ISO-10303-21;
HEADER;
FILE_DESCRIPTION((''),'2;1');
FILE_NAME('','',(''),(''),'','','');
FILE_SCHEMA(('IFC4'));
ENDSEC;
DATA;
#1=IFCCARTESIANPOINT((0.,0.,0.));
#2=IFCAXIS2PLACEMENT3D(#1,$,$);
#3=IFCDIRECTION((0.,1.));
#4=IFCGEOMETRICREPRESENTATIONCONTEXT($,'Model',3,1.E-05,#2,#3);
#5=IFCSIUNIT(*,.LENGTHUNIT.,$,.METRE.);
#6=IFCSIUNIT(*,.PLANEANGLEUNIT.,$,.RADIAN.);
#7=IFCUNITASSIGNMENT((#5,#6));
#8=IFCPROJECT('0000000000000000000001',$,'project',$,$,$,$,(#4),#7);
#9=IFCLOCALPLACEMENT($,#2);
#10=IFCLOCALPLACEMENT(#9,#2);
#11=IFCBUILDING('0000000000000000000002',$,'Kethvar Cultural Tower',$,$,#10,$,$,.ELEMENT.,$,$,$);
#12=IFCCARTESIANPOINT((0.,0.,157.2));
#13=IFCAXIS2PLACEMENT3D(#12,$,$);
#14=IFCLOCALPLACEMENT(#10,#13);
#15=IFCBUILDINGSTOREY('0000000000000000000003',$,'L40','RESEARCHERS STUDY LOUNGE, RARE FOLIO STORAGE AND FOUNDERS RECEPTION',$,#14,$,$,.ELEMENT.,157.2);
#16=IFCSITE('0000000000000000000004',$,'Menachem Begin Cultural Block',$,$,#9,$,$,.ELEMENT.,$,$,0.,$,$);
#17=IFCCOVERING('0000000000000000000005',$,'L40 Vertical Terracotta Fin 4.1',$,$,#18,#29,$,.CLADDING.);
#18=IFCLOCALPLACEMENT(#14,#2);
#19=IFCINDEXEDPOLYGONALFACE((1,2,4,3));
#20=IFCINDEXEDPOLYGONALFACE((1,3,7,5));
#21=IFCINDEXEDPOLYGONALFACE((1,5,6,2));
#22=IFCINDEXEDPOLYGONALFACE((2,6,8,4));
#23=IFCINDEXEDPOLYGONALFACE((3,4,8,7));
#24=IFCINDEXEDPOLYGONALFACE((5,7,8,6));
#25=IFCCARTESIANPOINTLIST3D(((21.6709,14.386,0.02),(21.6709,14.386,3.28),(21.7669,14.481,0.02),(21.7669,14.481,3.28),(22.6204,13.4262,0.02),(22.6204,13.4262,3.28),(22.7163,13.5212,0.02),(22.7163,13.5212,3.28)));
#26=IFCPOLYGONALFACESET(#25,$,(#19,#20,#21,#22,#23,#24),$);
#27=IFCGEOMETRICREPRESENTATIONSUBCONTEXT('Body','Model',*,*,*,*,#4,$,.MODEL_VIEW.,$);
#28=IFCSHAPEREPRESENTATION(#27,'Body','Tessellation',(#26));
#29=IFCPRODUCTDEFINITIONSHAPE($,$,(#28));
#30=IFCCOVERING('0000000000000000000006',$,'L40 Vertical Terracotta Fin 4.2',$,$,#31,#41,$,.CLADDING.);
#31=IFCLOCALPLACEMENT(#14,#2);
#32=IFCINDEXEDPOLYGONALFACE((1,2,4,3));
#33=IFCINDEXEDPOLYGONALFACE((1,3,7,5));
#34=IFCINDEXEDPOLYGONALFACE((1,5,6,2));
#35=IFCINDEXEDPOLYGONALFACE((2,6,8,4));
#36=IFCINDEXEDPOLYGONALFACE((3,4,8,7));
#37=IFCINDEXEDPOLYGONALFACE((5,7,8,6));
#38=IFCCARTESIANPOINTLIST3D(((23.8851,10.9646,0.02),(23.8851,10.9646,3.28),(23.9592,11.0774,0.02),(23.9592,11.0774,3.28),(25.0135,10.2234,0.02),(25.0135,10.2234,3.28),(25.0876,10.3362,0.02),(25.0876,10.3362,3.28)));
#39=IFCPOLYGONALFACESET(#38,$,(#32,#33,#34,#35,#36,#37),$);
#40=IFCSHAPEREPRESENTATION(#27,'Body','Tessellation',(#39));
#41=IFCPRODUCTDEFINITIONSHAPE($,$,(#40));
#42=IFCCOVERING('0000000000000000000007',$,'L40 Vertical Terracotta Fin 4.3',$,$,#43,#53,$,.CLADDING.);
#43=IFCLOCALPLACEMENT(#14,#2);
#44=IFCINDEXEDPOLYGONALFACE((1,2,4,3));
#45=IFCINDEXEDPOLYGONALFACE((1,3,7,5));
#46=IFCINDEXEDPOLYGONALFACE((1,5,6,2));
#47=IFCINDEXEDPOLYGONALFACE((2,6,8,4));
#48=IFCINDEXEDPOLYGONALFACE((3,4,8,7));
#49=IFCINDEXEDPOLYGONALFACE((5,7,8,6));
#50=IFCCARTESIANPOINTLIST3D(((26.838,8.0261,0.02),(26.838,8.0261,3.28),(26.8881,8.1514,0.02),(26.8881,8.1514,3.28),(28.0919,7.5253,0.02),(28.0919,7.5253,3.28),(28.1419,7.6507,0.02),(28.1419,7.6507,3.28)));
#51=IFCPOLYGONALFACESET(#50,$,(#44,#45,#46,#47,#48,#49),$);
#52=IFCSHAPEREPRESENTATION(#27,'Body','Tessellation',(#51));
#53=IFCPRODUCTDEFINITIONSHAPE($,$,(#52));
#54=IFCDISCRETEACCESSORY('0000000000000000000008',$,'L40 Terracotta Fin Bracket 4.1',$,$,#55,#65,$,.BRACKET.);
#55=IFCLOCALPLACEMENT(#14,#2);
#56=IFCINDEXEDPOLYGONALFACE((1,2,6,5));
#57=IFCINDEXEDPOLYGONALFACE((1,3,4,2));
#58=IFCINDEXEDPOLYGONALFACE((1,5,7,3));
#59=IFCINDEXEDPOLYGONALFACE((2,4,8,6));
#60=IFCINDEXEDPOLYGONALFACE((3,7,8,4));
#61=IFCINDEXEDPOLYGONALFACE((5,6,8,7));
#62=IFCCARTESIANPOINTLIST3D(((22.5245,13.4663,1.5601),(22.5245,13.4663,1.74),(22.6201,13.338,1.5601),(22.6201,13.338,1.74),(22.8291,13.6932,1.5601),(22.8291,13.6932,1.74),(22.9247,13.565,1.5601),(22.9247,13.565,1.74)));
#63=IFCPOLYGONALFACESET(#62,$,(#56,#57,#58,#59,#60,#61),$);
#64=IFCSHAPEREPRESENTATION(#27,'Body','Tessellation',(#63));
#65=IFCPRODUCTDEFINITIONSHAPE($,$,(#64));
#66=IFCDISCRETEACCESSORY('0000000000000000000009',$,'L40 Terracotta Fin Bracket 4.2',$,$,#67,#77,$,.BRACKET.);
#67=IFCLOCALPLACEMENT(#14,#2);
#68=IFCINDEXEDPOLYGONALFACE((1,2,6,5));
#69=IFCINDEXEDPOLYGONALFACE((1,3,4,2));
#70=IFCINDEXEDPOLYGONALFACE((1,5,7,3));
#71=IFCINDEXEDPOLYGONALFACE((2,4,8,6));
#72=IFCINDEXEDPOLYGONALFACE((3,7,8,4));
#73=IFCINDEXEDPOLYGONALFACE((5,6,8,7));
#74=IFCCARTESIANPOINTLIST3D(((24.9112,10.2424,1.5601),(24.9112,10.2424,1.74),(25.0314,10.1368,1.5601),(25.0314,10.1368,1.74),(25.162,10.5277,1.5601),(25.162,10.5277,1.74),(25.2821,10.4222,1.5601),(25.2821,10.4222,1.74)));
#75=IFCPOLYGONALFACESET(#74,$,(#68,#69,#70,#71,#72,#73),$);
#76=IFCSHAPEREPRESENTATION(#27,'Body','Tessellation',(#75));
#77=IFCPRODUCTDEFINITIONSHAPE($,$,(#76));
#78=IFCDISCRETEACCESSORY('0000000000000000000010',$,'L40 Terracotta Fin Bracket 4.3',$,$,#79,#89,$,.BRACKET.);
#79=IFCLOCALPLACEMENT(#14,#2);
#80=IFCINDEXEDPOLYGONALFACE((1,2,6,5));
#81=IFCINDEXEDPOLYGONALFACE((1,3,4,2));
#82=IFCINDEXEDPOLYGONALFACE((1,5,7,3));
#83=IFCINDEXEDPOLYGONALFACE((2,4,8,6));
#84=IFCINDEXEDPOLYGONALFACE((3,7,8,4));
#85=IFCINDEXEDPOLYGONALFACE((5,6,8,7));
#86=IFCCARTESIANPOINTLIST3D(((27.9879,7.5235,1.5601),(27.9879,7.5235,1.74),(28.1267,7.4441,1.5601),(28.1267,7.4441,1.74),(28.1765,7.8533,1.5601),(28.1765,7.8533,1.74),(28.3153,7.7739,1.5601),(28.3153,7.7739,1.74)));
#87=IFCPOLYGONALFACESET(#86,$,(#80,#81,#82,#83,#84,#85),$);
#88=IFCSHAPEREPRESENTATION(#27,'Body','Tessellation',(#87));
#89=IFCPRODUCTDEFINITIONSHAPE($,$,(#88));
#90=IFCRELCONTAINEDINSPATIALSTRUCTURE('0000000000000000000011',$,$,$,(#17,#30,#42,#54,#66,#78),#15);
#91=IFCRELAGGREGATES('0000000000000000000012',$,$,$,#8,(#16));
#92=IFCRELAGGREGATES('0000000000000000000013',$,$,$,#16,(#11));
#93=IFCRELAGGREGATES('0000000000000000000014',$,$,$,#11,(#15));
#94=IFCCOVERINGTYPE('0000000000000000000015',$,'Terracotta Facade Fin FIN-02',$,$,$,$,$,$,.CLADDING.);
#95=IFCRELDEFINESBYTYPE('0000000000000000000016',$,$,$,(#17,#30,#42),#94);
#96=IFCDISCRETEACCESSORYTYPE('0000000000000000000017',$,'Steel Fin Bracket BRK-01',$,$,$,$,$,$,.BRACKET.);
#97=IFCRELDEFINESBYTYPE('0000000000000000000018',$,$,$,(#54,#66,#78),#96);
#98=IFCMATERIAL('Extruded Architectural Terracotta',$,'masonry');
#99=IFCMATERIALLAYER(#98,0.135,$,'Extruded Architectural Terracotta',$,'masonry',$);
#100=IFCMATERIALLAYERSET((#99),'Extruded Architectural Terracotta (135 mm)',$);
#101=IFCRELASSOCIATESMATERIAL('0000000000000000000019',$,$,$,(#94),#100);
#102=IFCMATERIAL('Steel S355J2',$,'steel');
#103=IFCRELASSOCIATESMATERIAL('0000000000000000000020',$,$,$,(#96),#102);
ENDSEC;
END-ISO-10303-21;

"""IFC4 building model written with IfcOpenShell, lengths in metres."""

from ifc_helpers import new_model, si_unit, direction, frame, origin, origin_2d, place, context, subcontext, project, spatial, rectangle, extrude, source, transform, mapped, material, layer, layer_set, type_object, element, save


model = new_model("IFC4")

# Units and contexts
model_context = context("Model", 3, precision=1e-05, world=origin(), true_north=direction((0.0, 1.0)))
body_context = subcontext(model_context, "Body", "Model", "MODEL_VIEW")
ifc_project = project(units=[si_unit("LENGTHUNIT", "METRE"), si_unit("PLANEANGLEUNIT", "RADIAN")], contexts=[model_context])

# Site, building, storey
site_placement = place(None, origin())
site = spatial("IfcSite", under=ifc_project, at=site_placement, Name="Menachem Begin Cultural Block", CompositionType="ELEMENT", RefElevation=0.0)
building_placement = place(site_placement, origin())
building = spatial("IfcBuilding", under=site, at=building_placement, Name="Kethvar Cultural Tower", CompositionType="ELEMENT")
storey_placement = place(building_placement, frame((0.0, 0.0, 157.2)))
storey = spatial("IfcBuildingStorey", under=building, at=storey_placement, Name="L40", Description="RESEARCHERS STUDY LOUNGE, RARE FOLIO STORAGE AND FOUNDERS RECEPTION", CompositionType="ELEMENT", Elevation=157.2)

# Shared definitions
ifc_material_1 = material(Name="Steel S355J2", Category="steel")

# Coverings
ifc_material_2 = material(Name="Extruded Architectural Terracotta", Category="masonry")
ifc_layer_1 = layer(ifc_material_2, 0.135, Name="Extruded Architectural Terracotta", Category="masonry")
ifc_layer_set_1 = layer_set([ifc_layer_1], Name="Extruded Architectural Terracotta (135 mm)")
covering_type = type_object("IfcCoveringType", Name="Terracotta Facade Fin FIN-02", PredefinedType="CLADDING", material=ifc_layer_set_1)
shared_shape_1 = source(origin(), body_context, "Body", "SweptSolid", [
    extrude(rectangle(XDim=1.3501, YDim=0.135, at=origin_2d()), origin(), (0.0, 0.0, 1.0), 3.26),
])
for number, where, z_axis, x_axis, name in (
    (1, (22.1936, 13.9536, 0.02), (0.0, 0.0, 1.0), (-0.703271, 0.710922, 0.0), "L40 Vertical Terracotta Fin 4.1"),
    (2, (24.4863, 10.6504, 0.02), (0.0, 0.0, 1.0), (-0.835807, 0.549023, 0.0), "L40 Vertical Terracotta Fin 4.2"),
    (3, (27.49, 7.8384, 0.02), (0.0, 0.0, 1.0), (-0.92868, 0.370882, 0.0), "L40 Vertical Terracotta Fin 4.3"),
):
    element("IfcCovering", number, at=place(storey_placement, frame(where, z_axis=z_axis, x_axis=x_axis)), inside=storey, type_object=covering_type, Name=name, PredefinedType="CLADDING", context=body_context, shape_type="MappedRepresentation", body=[
        mapped(shared_shape_1, transform((0.0, 0.0, 0.0), scale=1.0)),
    ])

# Discrete accessories
discrete_accessory_type = type_object("IfcDiscreteAccessoryType", Name="Steel Fin Bracket BRK-01", PredefinedType="BRACKET", material=ifc_material_1)
shared_shape_2 = source(origin(), body_context, "Body", "SweptSolid", [
    extrude(rectangle(XDim=0.3799, YDim=0.1599, at=origin_2d()), origin(), (0.0, 0.0, 1.0), 0.1799),
])
for number, where, z_axis, x_axis, name in (
    (4, (22.7246, 13.5156, 1.5601), (0.0, 0.0, 1.0), (-0.80188, -0.597485, 0.0), "L40 Terracotta Fin Bracket 4.1"),
    (5, (25.0967, 10.3323, 1.5601), (0.0, 0.0, 1.0), (-0.660002, -0.751264, 0.0), "L40 Terracotta Fin Bracket 4.2"),
    (6, (28.1516, 7.6487, 1.5601), (0.0, 0.0, 1.0), (-0.49652, -0.868026, 0.0), "L40 Terracotta Fin Bracket 4.3"),
):
    element("IfcDiscreteAccessory", number, at=place(storey_placement, frame(where, z_axis=z_axis, x_axis=x_axis)), inside=storey, type_object=discrete_accessory_type, Name=name, PredefinedType="BRACKET", context=body_context, shape_type="MappedRepresentation", body=[
        mapped(shared_shape_2, transform((0.0, 0.0, 0.0), scale=1.0)),
    ])

save(model, "model.ifc")
